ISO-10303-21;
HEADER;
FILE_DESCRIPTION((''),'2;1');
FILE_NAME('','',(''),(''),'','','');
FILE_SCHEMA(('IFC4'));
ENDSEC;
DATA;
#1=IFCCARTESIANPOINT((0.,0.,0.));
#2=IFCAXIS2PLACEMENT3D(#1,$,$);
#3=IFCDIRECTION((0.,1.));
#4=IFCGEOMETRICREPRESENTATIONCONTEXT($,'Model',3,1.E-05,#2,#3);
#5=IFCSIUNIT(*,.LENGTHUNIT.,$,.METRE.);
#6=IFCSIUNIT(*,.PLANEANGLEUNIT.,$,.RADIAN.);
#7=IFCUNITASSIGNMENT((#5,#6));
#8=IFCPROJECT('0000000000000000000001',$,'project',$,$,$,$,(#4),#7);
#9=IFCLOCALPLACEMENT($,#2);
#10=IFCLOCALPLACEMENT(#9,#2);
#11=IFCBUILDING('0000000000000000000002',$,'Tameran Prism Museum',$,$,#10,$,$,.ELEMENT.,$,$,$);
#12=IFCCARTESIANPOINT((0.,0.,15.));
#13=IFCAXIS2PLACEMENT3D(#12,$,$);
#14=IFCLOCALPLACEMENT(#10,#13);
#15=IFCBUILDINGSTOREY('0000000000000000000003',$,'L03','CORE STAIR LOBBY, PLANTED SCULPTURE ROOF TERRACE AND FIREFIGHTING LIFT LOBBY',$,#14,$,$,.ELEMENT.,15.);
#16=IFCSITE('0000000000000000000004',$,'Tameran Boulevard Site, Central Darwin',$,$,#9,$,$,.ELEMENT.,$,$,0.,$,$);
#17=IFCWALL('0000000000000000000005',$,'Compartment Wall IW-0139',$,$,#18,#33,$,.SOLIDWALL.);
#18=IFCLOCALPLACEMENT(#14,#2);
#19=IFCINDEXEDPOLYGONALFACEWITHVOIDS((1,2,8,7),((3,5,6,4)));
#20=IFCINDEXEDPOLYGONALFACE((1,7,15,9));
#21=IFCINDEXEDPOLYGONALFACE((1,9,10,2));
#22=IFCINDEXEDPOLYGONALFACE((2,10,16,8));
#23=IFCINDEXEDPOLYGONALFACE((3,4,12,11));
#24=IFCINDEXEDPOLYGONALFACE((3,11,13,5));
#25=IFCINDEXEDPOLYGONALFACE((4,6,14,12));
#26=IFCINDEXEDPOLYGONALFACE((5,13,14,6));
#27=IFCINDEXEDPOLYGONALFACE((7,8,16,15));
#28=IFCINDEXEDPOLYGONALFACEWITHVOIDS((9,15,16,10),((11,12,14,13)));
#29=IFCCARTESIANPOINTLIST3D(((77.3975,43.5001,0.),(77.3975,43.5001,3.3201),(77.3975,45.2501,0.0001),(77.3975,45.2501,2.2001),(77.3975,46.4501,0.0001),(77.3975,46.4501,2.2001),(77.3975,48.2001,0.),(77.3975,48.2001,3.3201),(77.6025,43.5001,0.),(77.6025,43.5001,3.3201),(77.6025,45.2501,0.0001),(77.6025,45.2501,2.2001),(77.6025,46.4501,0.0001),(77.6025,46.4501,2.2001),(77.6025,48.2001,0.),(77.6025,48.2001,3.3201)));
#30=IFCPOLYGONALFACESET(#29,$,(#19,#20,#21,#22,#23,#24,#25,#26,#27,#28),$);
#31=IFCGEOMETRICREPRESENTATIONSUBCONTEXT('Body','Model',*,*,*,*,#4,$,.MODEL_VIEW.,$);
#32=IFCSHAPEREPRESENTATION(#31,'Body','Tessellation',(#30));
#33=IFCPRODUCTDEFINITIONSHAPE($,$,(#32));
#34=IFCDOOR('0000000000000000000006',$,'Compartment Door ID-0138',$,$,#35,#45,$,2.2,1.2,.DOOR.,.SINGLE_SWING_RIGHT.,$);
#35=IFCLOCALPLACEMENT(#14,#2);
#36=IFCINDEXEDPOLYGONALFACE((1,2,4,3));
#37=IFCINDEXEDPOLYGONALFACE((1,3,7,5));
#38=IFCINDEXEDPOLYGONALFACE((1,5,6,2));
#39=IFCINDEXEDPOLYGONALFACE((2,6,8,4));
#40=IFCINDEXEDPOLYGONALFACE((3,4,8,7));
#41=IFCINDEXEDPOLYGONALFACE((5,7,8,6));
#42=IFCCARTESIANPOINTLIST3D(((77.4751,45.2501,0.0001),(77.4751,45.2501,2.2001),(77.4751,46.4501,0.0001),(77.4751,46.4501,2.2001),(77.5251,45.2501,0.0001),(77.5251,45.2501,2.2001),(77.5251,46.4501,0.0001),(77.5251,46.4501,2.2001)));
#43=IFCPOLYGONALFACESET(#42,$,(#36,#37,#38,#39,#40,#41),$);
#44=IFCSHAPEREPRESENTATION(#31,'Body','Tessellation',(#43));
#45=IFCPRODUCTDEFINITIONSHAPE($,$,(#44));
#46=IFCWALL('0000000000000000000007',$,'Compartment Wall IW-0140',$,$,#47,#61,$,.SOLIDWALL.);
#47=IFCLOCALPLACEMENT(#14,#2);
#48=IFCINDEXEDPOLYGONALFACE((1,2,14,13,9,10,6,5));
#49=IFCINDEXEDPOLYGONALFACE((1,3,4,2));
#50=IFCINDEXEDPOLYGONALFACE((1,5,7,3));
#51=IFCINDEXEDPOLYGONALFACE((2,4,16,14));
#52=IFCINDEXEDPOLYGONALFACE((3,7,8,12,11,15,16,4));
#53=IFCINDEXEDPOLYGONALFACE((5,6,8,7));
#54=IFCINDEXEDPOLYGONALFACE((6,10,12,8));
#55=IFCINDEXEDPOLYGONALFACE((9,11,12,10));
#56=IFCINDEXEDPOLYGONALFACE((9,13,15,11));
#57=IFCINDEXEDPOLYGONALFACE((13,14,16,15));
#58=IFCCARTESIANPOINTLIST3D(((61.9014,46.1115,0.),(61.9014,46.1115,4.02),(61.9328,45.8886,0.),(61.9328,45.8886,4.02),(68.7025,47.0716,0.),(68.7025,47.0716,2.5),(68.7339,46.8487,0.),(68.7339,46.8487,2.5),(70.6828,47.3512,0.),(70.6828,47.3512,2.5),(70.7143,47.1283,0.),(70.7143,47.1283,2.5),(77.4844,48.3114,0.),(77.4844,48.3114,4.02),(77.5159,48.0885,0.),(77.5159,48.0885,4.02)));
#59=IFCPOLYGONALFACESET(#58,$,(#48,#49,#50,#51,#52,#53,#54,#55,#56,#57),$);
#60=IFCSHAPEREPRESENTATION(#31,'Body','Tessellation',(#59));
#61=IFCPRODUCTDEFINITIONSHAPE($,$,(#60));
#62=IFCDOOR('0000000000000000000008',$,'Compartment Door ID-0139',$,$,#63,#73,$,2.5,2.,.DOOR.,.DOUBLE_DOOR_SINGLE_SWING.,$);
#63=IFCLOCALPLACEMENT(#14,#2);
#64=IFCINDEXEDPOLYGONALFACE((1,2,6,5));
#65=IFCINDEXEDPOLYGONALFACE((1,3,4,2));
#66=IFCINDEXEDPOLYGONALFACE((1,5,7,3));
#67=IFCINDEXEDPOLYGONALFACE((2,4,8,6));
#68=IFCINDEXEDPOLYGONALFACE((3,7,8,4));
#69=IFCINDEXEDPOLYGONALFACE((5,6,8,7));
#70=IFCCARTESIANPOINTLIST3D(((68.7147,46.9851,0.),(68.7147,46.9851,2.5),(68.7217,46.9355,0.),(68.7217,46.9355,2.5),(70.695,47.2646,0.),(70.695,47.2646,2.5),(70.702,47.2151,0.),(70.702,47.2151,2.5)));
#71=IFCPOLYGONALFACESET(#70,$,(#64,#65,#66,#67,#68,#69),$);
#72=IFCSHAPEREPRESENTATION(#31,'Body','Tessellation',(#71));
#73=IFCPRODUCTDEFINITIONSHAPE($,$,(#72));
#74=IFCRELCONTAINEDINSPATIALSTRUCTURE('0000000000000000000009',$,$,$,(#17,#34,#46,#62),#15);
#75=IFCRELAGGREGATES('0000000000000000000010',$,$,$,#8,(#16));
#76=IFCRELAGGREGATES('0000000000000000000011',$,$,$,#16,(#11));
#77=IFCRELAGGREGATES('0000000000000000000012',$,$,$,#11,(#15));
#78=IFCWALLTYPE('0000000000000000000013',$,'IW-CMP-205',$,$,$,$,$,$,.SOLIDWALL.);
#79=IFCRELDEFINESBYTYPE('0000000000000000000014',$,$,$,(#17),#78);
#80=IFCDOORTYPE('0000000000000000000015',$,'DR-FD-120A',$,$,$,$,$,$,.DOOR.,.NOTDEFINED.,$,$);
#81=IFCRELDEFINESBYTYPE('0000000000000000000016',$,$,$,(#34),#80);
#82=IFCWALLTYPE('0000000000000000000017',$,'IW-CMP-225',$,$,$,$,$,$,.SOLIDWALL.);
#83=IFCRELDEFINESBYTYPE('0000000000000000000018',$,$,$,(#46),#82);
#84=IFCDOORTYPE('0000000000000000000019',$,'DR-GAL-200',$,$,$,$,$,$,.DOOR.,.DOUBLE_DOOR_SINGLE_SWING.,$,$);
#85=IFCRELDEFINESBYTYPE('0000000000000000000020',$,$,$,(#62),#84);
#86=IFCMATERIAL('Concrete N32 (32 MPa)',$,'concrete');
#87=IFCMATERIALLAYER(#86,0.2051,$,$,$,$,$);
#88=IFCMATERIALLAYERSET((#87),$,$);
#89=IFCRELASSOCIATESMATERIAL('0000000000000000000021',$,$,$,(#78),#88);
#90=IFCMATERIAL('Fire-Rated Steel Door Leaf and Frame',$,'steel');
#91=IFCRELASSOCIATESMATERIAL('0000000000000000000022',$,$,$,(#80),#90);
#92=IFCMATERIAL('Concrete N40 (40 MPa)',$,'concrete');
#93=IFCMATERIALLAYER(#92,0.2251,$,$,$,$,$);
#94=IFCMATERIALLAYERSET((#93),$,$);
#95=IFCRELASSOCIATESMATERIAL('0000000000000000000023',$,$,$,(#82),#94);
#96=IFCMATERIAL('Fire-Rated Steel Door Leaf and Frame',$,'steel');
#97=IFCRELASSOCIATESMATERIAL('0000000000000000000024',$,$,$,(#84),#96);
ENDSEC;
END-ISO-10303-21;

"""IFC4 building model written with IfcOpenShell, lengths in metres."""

from ifc_helpers import new_model, si_unit, direction, frame, frame_2d, origin, place, context, subcontext, project, spatial, rectangle, extrude, material, layer, layer_set, type_object, element, fill, save


model = new_model("IFC4")

# Units and contexts
model_context = context("Model", 3, precision=1e-05, world=origin(), true_north=direction((0.0, 1.0)))
body_context = subcontext(model_context, "Body", "Model", "MODEL_VIEW")
ifc_project = project(units=[si_unit("LENGTHUNIT", "METRE"), si_unit("PLANEANGLEUNIT", "RADIAN")], contexts=[model_context])

# Site, building, storey
site_placement = place(None, origin())
site = spatial("IfcSite", under=ifc_project, at=site_placement, Name="Tameran Boulevard Site, Central Darwin", CompositionType="ELEMENT", RefElevation=0.0)
building_placement = place(site_placement, origin())
building = spatial("IfcBuilding", under=site, at=building_placement, Name="Tameran Prism Museum", CompositionType="ELEMENT")
storey_placement = place(building_placement, frame((0.0, 0.0, 15.0)))
storey = spatial("IfcBuildingStorey", under=building, at=storey_placement, Name="L03", Description="CORE STAIR LOBBY, PLANTED SCULPTURE ROOF TERRACE AND FIREFIGHTING LIFT LOBBY", CompositionType="ELEMENT", Elevation=15.0)

# Walls, openings, doors
ifc_material_1 = material(Name="Concrete N32 (32 MPa)", Category="concrete")
ifc_layer_1 = layer(ifc_material_1, 0.2051)
ifc_layer_set_1 = layer_set([ifc_layer_1])
wall_type_1 = type_object("IfcWallType", Name="IW-CMP-205", PredefinedType="SOLIDWALL", material=ifc_layer_set_1)
wall_1_placement = place(storey_placement, frame((77.5, 43.5, 0.0), z_axis=(0.0, 0.0, 1.0), x_axis=(0.0, 1.0, 0.0)))
wall_1 = element("IfcWall", 1, at=wall_1_placement, inside=storey, type_object=wall_type_1, Name="Compartment Wall IW-0139", PredefinedType="SOLIDWALL", context=body_context, shape_type="SweptSolid", body=[
    extrude(rectangle(XDim=4.7, YDim=0.2051, at=frame_2d((2.3501, 0.0))), origin(), (0.0, 0.0, 1.0), 3.3201),
])
opening_1_placement = place(wall_1_placement, frame((1.75, 0.0, 0.0)))
opening_1 = element("IfcOpeningElement", 2, at=opening_1_placement, cuts=wall_1, PredefinedType="OPENING", context=body_context, shape_type="SweptSolid", body=[
    extrude(rectangle(XDim=1.2, YDim=2.2, at=frame_2d((0.6001, 1.1001))), frame((0.0, 0.1125, 0.0), z_axis=(0.0, -1.0, 0.0), x_axis=(1.0, 0.0, 0.0)), (0.0, 0.0, 1.0), 0.2251),
])
ifc_material_2 = material(Name="Fire-Rated Steel Door Leaf and Frame", Category="steel")
door_type_1 = type_object("IfcDoorType", Name="DR-FD-120A", OperationType="NOTDEFINED", PredefinedType="DOOR", material=ifc_material_2)
door_1_placement = place(opening_1_placement, origin())
door_1 = element("IfcDoor", 3, at=door_1_placement, inside=storey, type_object=door_type_1, Name="Compartment Door ID-0138", OperationType="SINGLE_SWING_RIGHT", OverallHeight=2.2, OverallWidth=1.2, PredefinedType="DOOR", context=body_context, shape_type="SweptSolid", body=[
    extrude(rectangle(XDim=1.2, YDim=2.2, at=frame_2d((0.6001, 1.1001))), frame((0.0, 0.0249, 0.0), z_axis=(0.0, -1.0, 0.0), x_axis=(1.0, 0.0, 0.0)), (0.0, 0.0, 1.0), 0.05),
])
fill(opening_1, door_1)
ifc_material_3 = material(Name="Concrete N40 (40 MPa)", Category="concrete")
ifc_layer_2 = layer(ifc_material_3, 0.2251)
ifc_layer_set_2 = layer_set([ifc_layer_2])
wall_type_2 = type_object("IfcWallType", Name="IW-CMP-225", PredefinedType="SOLIDWALL", material=ifc_layer_set_2)
wall_2_placement = place(storey_placement, frame((77.5, 48.2, 0.0), z_axis=(0.0, 0.0, 1.0), x_axis=(-0.990181, -0.13979, 0.0)))
wall_2 = element("IfcWall", 4, at=wall_2_placement, inside=storey, type_object=wall_type_2, Name="Compartment Wall IW-0140", PredefinedType="SOLIDWALL", context=body_context, shape_type="SweptSolid", body=[
    extrude(rectangle(XDim=15.7375, YDim=0.2251, at=frame_2d((7.8687, 0.0))), origin(), (0.0, 0.0, 1.0), 4.02),
])
opening_2_placement = place(wall_2_placement, frame((6.8689, 0.0, 0.0)))
opening_2 = element("IfcOpeningElement", 5, at=opening_2_placement, cuts=wall_2, PredefinedType="OPENING", context=body_context, shape_type="SweptSolid", body=[
    extrude(rectangle(XDim=2.0, YDim=2.5, at=frame_2d((1.0, 1.25))), frame((0.0, 0.1226, 0.0), z_axis=(0.0, -1.0, 0.0), x_axis=(1.0, 0.0, 0.0)), (0.0, 0.0, 1.0), 0.2451),
])
ifc_material_4 = material(Name="Fire-Rated Steel Door Leaf and Frame", Category="steel")
door_type_2 = type_object("IfcDoorType", Name="DR-GAL-200", OperationType="DOUBLE_DOOR_SINGLE_SWING", PredefinedType="DOOR", material=ifc_material_4)
door_2_placement = place(opening_2_placement, origin())
door_2 = element("IfcDoor", 6, at=door_2_placement, inside=storey, type_object=door_type_2, Name="Compartment Door ID-0139", OperationType="DOUBLE_DOOR_SINGLE_SWING", OverallHeight=2.5, OverallWidth=2.0, PredefinedType="DOOR", context=body_context, shape_type="SweptSolid", body=[
    extrude(rectangle(XDim=2.0, YDim=2.5, at=frame_2d((1.0, 1.25))), frame((0.0, 0.0249, 0.0), z_axis=(0.0, -1.0, 0.0), x_axis=(1.0, 0.0, 0.0)), (0.0, 0.0, 1.0), 0.05),
])
fill(opening_2, door_2)

save(model, "model.ifc")
